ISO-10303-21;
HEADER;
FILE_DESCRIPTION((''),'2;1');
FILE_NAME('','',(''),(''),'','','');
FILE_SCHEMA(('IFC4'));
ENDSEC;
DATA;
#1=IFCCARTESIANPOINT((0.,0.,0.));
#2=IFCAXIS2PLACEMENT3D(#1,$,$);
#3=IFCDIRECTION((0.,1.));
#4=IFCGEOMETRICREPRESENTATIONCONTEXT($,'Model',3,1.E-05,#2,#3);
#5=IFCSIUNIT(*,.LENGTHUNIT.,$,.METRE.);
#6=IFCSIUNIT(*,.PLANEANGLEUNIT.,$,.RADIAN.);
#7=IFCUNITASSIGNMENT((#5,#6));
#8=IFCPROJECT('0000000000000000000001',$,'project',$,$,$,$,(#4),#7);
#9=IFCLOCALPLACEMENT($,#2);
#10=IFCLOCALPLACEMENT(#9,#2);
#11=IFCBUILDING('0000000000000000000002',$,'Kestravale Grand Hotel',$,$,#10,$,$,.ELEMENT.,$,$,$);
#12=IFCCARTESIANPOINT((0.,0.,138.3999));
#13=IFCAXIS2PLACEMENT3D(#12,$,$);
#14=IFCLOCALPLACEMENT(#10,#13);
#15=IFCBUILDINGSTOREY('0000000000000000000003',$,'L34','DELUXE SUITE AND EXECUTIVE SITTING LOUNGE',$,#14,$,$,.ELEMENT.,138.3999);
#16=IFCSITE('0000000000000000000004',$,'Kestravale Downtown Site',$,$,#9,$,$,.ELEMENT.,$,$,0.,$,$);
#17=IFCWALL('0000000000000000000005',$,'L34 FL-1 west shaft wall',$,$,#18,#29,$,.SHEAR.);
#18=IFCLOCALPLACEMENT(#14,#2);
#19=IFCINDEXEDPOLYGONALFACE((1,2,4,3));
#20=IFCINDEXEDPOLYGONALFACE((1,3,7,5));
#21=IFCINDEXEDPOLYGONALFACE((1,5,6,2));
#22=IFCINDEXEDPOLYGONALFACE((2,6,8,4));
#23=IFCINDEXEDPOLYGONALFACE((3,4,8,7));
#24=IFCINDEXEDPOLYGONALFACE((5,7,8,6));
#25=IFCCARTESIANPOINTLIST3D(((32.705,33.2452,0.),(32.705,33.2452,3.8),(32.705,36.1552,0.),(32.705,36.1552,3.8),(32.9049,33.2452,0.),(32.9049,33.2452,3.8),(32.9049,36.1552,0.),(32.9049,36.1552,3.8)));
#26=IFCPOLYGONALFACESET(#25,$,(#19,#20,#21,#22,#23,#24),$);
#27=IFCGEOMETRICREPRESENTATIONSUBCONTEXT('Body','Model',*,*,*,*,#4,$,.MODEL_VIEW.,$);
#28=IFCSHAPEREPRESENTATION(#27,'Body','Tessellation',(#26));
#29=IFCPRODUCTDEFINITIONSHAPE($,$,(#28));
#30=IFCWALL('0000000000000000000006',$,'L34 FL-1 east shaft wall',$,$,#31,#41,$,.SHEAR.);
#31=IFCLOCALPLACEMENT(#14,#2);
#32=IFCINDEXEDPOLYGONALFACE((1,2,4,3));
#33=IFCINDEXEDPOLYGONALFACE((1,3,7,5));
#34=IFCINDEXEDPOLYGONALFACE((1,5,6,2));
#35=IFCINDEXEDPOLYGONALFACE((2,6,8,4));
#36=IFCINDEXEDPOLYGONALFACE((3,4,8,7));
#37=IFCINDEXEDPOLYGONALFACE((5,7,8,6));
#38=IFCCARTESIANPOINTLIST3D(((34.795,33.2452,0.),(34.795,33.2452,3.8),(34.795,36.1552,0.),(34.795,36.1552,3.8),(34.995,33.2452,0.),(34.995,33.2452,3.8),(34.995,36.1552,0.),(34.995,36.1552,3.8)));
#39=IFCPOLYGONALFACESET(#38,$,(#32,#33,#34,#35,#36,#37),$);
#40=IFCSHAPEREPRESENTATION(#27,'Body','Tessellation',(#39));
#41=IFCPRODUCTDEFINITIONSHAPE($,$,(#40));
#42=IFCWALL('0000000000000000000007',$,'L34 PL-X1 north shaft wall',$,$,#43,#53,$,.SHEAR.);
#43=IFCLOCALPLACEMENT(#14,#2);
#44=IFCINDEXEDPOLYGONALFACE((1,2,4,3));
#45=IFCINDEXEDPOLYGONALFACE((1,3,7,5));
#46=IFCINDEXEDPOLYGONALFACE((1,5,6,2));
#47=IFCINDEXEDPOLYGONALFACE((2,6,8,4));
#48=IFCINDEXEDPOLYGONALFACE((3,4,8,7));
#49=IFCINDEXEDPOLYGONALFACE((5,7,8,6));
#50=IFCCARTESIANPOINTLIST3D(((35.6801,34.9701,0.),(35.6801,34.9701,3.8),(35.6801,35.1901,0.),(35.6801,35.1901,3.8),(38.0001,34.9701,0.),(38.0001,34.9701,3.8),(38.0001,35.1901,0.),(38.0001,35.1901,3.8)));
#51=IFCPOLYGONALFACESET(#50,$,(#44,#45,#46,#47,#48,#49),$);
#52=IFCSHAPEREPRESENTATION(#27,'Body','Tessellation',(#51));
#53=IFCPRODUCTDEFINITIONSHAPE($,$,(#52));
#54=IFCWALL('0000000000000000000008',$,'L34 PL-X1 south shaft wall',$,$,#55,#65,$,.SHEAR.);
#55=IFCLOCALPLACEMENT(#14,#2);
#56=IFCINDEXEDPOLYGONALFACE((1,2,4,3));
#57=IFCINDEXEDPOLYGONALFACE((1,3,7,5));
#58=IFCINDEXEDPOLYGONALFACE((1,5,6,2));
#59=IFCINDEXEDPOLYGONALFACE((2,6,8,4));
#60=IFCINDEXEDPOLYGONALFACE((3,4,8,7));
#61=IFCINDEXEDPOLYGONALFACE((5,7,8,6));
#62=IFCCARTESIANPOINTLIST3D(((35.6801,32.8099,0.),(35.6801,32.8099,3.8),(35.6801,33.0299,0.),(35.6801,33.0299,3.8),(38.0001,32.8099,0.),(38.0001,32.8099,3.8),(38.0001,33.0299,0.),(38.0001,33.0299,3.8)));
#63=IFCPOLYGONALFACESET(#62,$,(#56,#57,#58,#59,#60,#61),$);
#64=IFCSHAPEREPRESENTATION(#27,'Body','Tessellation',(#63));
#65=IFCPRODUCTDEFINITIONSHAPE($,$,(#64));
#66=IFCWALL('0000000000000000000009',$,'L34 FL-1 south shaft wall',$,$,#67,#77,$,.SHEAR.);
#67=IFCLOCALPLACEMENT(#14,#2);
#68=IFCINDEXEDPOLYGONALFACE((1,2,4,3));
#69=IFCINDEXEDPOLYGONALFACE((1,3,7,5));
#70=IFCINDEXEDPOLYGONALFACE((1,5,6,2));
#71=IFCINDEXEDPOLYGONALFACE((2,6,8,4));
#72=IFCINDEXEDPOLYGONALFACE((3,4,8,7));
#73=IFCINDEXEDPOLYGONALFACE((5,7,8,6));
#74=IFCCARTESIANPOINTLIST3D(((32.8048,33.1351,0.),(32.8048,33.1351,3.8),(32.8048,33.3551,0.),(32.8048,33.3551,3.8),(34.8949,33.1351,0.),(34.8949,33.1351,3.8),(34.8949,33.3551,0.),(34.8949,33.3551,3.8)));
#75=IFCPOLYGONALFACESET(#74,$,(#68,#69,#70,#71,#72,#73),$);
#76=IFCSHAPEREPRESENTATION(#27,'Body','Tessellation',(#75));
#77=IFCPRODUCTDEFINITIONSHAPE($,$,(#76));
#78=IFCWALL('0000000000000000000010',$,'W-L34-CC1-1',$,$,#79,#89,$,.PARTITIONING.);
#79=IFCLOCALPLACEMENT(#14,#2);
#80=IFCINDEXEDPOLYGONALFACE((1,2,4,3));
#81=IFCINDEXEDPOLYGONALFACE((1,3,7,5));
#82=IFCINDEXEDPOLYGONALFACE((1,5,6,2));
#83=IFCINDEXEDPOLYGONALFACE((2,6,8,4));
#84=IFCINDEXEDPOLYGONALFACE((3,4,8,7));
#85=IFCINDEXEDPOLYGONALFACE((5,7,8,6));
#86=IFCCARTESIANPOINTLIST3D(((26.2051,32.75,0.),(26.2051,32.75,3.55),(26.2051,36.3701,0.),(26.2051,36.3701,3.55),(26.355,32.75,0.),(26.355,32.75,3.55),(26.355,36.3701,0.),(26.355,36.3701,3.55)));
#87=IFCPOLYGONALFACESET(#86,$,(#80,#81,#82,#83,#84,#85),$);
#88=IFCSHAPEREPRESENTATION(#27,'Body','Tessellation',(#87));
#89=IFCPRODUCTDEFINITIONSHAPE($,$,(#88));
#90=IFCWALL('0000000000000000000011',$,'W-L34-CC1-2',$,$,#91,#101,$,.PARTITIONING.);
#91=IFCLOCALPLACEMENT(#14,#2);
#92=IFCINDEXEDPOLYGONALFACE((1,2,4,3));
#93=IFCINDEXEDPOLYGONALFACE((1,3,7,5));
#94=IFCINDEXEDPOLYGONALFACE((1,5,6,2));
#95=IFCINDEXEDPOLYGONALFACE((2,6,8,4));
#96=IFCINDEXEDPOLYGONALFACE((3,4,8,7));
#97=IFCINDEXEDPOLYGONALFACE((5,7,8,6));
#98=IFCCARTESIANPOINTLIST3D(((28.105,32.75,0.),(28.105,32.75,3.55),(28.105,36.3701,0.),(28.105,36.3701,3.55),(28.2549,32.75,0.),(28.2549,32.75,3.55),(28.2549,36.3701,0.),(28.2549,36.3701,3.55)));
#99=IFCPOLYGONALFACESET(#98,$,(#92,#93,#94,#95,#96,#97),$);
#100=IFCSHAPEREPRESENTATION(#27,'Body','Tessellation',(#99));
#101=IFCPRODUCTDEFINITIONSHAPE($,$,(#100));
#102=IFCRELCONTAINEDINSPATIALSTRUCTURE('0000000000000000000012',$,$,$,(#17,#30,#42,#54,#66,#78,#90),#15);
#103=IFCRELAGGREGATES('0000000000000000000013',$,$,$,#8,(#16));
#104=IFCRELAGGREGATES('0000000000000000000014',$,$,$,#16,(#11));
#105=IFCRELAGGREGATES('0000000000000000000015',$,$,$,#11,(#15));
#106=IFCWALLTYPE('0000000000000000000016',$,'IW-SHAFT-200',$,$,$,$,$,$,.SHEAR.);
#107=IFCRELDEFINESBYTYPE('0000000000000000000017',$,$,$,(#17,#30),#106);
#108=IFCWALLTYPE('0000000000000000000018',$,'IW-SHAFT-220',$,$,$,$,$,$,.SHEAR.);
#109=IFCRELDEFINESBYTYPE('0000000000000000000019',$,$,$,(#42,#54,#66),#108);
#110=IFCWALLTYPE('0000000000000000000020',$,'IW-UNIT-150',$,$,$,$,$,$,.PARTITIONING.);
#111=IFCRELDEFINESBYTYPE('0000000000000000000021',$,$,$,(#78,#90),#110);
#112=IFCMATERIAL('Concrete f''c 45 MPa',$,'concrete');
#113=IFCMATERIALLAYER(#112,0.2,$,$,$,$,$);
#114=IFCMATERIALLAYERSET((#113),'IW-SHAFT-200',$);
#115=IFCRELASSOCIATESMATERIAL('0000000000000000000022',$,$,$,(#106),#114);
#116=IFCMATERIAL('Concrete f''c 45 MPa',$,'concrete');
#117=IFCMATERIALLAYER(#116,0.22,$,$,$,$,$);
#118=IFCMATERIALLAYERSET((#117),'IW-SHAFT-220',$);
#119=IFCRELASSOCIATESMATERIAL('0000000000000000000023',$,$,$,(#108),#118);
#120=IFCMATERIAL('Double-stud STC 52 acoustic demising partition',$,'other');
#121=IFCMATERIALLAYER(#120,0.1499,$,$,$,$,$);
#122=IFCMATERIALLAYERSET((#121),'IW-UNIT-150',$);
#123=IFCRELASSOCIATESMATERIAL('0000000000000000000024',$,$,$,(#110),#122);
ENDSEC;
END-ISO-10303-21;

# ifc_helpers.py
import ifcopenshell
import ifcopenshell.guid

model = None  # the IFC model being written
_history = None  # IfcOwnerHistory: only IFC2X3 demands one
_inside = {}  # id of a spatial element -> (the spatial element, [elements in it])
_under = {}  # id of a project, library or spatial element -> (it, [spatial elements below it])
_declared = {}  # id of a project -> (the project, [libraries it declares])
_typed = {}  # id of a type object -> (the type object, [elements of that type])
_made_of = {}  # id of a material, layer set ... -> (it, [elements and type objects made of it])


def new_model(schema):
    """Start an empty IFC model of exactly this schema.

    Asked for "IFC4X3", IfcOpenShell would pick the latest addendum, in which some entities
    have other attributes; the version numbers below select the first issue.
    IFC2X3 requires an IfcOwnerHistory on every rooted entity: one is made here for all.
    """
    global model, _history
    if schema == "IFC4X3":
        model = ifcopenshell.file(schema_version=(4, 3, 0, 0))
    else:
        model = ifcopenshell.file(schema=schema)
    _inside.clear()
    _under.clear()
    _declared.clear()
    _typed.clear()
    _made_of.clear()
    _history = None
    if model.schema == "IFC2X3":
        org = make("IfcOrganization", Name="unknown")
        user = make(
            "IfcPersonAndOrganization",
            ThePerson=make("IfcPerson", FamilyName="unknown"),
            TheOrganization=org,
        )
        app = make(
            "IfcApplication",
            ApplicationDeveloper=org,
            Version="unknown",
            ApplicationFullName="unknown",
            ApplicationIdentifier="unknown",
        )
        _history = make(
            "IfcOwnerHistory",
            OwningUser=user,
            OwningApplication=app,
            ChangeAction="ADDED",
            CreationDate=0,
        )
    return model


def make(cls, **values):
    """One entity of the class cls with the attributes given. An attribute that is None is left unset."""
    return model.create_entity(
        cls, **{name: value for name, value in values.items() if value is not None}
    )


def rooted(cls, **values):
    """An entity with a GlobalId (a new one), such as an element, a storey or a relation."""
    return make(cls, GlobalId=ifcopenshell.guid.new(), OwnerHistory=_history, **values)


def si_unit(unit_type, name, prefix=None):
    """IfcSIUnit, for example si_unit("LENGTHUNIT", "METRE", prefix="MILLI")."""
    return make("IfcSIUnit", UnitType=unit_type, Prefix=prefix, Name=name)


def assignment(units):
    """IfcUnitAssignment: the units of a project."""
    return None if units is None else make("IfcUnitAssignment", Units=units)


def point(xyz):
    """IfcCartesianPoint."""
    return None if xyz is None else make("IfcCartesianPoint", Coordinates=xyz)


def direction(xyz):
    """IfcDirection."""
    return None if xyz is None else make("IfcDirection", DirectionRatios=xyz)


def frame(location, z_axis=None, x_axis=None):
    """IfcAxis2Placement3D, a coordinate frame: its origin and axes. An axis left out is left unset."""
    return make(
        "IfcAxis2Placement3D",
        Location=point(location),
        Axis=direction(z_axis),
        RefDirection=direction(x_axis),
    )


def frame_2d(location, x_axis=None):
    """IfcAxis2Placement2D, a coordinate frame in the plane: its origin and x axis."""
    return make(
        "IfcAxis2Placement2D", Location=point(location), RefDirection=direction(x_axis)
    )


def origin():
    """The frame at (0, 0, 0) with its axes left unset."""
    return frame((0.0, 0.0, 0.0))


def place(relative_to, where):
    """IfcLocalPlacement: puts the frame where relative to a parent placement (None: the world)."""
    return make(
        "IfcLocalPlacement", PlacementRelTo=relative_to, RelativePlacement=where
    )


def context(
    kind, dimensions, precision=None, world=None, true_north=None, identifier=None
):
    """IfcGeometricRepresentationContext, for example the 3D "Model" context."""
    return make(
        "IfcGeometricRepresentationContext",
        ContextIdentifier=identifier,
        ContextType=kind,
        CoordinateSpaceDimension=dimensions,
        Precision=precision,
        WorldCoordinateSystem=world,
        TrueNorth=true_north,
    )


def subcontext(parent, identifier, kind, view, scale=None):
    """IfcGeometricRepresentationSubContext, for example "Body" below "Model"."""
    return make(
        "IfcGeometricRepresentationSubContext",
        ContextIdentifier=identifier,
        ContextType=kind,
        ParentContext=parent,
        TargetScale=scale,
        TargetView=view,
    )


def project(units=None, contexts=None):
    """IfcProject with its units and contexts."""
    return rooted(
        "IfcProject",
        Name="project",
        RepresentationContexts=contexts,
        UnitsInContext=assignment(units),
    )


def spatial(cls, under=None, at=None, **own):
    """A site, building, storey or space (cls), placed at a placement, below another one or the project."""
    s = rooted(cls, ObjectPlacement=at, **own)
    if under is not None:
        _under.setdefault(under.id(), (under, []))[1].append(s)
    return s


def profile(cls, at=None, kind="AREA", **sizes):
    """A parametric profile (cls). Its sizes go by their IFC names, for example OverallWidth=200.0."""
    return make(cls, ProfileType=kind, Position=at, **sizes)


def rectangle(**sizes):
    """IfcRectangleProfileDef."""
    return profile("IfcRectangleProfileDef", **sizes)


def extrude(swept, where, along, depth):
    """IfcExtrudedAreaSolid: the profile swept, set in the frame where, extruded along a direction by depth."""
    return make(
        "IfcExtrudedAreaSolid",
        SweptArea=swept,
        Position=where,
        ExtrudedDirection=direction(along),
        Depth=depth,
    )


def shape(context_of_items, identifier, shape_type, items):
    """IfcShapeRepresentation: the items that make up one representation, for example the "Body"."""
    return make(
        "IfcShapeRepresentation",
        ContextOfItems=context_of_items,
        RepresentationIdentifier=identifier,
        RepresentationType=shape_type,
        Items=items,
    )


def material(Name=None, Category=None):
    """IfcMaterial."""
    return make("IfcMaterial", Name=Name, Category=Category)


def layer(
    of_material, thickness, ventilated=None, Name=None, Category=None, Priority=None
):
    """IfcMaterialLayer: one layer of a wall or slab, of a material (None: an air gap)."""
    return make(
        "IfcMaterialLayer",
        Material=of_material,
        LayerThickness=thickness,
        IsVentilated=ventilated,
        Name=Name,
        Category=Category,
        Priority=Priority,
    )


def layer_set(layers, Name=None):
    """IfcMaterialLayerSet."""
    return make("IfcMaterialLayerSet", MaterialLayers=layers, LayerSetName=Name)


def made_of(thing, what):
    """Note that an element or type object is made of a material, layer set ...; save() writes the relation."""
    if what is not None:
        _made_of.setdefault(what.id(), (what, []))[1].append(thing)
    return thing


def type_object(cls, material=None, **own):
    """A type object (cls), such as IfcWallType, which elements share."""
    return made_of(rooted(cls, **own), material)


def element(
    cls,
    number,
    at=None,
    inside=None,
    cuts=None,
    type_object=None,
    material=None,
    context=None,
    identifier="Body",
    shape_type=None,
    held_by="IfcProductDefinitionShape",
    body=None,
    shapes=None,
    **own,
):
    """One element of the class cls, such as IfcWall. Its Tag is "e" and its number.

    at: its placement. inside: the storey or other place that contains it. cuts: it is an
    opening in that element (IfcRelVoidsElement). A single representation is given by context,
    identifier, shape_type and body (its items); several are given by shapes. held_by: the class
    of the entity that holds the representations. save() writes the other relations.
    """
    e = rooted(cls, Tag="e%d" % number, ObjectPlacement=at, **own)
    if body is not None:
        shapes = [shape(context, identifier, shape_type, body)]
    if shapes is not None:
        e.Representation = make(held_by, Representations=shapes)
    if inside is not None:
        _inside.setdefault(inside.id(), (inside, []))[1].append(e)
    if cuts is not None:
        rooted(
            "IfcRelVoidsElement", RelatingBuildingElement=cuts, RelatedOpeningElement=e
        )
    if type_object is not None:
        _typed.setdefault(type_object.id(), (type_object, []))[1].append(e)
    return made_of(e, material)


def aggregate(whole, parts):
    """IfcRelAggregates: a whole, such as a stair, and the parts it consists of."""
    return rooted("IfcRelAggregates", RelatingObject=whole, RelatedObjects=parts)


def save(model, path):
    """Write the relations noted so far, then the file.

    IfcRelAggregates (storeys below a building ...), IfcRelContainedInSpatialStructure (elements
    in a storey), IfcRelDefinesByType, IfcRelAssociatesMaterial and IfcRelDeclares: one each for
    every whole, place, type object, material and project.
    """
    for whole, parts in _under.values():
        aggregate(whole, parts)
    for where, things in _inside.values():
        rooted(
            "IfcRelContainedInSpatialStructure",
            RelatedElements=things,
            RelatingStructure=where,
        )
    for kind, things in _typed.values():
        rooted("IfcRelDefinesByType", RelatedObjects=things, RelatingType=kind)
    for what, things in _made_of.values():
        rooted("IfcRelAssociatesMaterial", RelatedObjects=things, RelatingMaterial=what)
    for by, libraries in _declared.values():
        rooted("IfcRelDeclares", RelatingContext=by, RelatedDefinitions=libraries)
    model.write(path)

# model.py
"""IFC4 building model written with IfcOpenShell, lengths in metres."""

from ifc_helpers import new_model, si_unit, direction, frame, frame_2d, origin, place, context, subcontext, project, spatial, rectangle, extrude, material, layer, layer_set, type_object, element, save


model = new_model("IFC4")

# Units and contexts
model_context = context("Model", 3, precision=1e-05, world=origin(), true_north=direction((0.0, 1.0)))
body_context = subcontext(model_context, "Body", "Model", "MODEL_VIEW")
ifc_project = project(units=[si_unit("LENGTHUNIT", "METRE"), si_unit("PLANEANGLEUNIT", "RADIAN")], contexts=[model_context])

# Site, building, storey
site_placement = place(None, origin())
site = spatial("IfcSite", under=ifc_project, at=site_placement, Name="Kestravale Downtown Site", CompositionType="ELEMENT", RefElevation=0.0)
building_placement = place(site_placement, origin())
building = spatial("IfcBuilding", under=site, at=building_placement, Name="Kestravale Grand Hotel", CompositionType="ELEMENT")
storey_placement = place(building_placement, frame((0.0, 0.0, 138.3999)))
storey = spatial("IfcBuildingStorey", under=building, at=storey_placement, Name="L34", Description="DELUXE SUITE AND EXECUTIVE SITTING LOUNGE", CompositionType="ELEMENT", Elevation=138.3999)

# Walls
ifc_material_1 = material(Name="Concrete f'c 45 MPa", Category="concrete")
ifc_layer_1 = layer(ifc_material_1, 0.2)
ifc_layer_set_1 = layer_set([ifc_layer_1], Name="IW-SHAFT-200")
wall_type_1 = type_object("IfcWallType", Name="IW-SHAFT-200", PredefinedType="SHEAR", material=ifc_layer_set_1)
for number, where, z_axis, x_axis, name in (
    (1, (32.8049, 33.2451, 0.0), (0.0, 0.0, 1.0), (0.0, 1.0, 0.0), "L34 FL-1 west shaft wall"),
    (2, (34.895, 33.2451, 0.0), (0.0, 0.0, 1.0), (0.0, 1.0, 0.0), "L34 FL-1 east shaft wall"),
):
    element("IfcWall", number, at=place(storey_placement, frame(where, z_axis=z_axis, x_axis=x_axis)), inside=storey, type_object=wall_type_1, Name=name, PredefinedType="SHEAR", context=body_context, shape_type="SweptSolid", body=[
        extrude(rectangle(XDim=2.9099, YDim=0.2, at=frame_2d((1.4551, 0.0))), origin(), (0.0, 0.0, 1.0), 3.8),
    ])
ifc_material_2 = material(Name="Concrete f'c 45 MPa", Category="concrete")
ifc_layer_2 = layer(ifc_material_2, 0.22)
ifc_layer_set_2 = layer_set([ifc_layer_2], Name="IW-SHAFT-220")
wall_type_2 = type_object("IfcWallType", Name="IW-SHAFT-220", PredefinedType="SHEAR", material=ifc_layer_set_2)
for number, where, z_axis, x_axis, name in (
    (3, (35.6799, 35.0801, 0.0), (0.0, 0.0, 1.0), (1.0, 0.0, 0.0), "L34 PL-X1 north shaft wall"),
    (4, (35.6799, 32.9199, 0.0), (0.0, 0.0, 1.0), (1.0, 0.0, 0.0), "L34 PL-X1 south shaft wall"),
):
    element("IfcWall", number, at=place(storey_placement, frame(where, z_axis=z_axis, x_axis=x_axis)), inside=storey, type_object=wall_type_2, Name=name, PredefinedType="SHEAR", context=body_context, shape_type="SweptSolid", body=[
        extrude(rectangle(XDim=2.3201, YDim=0.22, at=frame_2d((1.1602, 0.0))), origin(), (0.0, 0.0, 1.0), 3.8),
    ])

# Walls
wall_1_placement = place(storey_placement, frame((32.8049, 33.2451, 0.0), z_axis=(0.0, 0.0, 1.0), x_axis=(1.0, 0.0, 0.0)))
element("IfcWall", 5, at=wall_1_placement, inside=storey, type_object=wall_type_2, Name="L34 FL-1 south shaft wall", PredefinedType="SHEAR", context=body_context, shape_type="SweptSolid", body=[
    extrude(rectangle(XDim=2.0901, YDim=0.22, at=frame_2d((1.0449, 0.0))), origin(), (0.0, 0.0, 1.0), 3.8),
])
ifc_material_3 = material(Name="Double-stud STC 52 acoustic demising partition", Category="other")
ifc_layer_3 = layer(ifc_material_3, 0.1499)
ifc_layer_set_3 = layer_set([ifc_layer_3], Name="IW-UNIT-150")
wall_type_3 = type_object("IfcWallType", Name="IW-UNIT-150", PredefinedType="PARTITIONING", material=ifc_layer_set_3)
for number, where, z_axis, x_axis, name in (
    (6, (26.28, 32.75, 0.0), (0.0, 0.0, 1.0), (0.0, 1.0, 0.0), "W-L34-CC1-1"),
    (7, (28.1799, 32.75, 0.0), (0.0, 0.0, 1.0), (0.0, 1.0, 0.0), "W-L34-CC1-2"),
):
    element("IfcWall", number, at=place(storey_placement, frame(where, z_axis=z_axis, x_axis=x_axis)), inside=storey, type_object=wall_type_3, Name=name, PredefinedType="PARTITIONING", context=body_context, shape_type="SweptSolid", body=[
        extrude(rectangle(XDim=3.6201, YDim=0.1499, at=frame_2d((1.8101, 0.0))), origin(), (0.0, 0.0, 1.0), 3.55),
    ])

save(model, "model.ifc")
